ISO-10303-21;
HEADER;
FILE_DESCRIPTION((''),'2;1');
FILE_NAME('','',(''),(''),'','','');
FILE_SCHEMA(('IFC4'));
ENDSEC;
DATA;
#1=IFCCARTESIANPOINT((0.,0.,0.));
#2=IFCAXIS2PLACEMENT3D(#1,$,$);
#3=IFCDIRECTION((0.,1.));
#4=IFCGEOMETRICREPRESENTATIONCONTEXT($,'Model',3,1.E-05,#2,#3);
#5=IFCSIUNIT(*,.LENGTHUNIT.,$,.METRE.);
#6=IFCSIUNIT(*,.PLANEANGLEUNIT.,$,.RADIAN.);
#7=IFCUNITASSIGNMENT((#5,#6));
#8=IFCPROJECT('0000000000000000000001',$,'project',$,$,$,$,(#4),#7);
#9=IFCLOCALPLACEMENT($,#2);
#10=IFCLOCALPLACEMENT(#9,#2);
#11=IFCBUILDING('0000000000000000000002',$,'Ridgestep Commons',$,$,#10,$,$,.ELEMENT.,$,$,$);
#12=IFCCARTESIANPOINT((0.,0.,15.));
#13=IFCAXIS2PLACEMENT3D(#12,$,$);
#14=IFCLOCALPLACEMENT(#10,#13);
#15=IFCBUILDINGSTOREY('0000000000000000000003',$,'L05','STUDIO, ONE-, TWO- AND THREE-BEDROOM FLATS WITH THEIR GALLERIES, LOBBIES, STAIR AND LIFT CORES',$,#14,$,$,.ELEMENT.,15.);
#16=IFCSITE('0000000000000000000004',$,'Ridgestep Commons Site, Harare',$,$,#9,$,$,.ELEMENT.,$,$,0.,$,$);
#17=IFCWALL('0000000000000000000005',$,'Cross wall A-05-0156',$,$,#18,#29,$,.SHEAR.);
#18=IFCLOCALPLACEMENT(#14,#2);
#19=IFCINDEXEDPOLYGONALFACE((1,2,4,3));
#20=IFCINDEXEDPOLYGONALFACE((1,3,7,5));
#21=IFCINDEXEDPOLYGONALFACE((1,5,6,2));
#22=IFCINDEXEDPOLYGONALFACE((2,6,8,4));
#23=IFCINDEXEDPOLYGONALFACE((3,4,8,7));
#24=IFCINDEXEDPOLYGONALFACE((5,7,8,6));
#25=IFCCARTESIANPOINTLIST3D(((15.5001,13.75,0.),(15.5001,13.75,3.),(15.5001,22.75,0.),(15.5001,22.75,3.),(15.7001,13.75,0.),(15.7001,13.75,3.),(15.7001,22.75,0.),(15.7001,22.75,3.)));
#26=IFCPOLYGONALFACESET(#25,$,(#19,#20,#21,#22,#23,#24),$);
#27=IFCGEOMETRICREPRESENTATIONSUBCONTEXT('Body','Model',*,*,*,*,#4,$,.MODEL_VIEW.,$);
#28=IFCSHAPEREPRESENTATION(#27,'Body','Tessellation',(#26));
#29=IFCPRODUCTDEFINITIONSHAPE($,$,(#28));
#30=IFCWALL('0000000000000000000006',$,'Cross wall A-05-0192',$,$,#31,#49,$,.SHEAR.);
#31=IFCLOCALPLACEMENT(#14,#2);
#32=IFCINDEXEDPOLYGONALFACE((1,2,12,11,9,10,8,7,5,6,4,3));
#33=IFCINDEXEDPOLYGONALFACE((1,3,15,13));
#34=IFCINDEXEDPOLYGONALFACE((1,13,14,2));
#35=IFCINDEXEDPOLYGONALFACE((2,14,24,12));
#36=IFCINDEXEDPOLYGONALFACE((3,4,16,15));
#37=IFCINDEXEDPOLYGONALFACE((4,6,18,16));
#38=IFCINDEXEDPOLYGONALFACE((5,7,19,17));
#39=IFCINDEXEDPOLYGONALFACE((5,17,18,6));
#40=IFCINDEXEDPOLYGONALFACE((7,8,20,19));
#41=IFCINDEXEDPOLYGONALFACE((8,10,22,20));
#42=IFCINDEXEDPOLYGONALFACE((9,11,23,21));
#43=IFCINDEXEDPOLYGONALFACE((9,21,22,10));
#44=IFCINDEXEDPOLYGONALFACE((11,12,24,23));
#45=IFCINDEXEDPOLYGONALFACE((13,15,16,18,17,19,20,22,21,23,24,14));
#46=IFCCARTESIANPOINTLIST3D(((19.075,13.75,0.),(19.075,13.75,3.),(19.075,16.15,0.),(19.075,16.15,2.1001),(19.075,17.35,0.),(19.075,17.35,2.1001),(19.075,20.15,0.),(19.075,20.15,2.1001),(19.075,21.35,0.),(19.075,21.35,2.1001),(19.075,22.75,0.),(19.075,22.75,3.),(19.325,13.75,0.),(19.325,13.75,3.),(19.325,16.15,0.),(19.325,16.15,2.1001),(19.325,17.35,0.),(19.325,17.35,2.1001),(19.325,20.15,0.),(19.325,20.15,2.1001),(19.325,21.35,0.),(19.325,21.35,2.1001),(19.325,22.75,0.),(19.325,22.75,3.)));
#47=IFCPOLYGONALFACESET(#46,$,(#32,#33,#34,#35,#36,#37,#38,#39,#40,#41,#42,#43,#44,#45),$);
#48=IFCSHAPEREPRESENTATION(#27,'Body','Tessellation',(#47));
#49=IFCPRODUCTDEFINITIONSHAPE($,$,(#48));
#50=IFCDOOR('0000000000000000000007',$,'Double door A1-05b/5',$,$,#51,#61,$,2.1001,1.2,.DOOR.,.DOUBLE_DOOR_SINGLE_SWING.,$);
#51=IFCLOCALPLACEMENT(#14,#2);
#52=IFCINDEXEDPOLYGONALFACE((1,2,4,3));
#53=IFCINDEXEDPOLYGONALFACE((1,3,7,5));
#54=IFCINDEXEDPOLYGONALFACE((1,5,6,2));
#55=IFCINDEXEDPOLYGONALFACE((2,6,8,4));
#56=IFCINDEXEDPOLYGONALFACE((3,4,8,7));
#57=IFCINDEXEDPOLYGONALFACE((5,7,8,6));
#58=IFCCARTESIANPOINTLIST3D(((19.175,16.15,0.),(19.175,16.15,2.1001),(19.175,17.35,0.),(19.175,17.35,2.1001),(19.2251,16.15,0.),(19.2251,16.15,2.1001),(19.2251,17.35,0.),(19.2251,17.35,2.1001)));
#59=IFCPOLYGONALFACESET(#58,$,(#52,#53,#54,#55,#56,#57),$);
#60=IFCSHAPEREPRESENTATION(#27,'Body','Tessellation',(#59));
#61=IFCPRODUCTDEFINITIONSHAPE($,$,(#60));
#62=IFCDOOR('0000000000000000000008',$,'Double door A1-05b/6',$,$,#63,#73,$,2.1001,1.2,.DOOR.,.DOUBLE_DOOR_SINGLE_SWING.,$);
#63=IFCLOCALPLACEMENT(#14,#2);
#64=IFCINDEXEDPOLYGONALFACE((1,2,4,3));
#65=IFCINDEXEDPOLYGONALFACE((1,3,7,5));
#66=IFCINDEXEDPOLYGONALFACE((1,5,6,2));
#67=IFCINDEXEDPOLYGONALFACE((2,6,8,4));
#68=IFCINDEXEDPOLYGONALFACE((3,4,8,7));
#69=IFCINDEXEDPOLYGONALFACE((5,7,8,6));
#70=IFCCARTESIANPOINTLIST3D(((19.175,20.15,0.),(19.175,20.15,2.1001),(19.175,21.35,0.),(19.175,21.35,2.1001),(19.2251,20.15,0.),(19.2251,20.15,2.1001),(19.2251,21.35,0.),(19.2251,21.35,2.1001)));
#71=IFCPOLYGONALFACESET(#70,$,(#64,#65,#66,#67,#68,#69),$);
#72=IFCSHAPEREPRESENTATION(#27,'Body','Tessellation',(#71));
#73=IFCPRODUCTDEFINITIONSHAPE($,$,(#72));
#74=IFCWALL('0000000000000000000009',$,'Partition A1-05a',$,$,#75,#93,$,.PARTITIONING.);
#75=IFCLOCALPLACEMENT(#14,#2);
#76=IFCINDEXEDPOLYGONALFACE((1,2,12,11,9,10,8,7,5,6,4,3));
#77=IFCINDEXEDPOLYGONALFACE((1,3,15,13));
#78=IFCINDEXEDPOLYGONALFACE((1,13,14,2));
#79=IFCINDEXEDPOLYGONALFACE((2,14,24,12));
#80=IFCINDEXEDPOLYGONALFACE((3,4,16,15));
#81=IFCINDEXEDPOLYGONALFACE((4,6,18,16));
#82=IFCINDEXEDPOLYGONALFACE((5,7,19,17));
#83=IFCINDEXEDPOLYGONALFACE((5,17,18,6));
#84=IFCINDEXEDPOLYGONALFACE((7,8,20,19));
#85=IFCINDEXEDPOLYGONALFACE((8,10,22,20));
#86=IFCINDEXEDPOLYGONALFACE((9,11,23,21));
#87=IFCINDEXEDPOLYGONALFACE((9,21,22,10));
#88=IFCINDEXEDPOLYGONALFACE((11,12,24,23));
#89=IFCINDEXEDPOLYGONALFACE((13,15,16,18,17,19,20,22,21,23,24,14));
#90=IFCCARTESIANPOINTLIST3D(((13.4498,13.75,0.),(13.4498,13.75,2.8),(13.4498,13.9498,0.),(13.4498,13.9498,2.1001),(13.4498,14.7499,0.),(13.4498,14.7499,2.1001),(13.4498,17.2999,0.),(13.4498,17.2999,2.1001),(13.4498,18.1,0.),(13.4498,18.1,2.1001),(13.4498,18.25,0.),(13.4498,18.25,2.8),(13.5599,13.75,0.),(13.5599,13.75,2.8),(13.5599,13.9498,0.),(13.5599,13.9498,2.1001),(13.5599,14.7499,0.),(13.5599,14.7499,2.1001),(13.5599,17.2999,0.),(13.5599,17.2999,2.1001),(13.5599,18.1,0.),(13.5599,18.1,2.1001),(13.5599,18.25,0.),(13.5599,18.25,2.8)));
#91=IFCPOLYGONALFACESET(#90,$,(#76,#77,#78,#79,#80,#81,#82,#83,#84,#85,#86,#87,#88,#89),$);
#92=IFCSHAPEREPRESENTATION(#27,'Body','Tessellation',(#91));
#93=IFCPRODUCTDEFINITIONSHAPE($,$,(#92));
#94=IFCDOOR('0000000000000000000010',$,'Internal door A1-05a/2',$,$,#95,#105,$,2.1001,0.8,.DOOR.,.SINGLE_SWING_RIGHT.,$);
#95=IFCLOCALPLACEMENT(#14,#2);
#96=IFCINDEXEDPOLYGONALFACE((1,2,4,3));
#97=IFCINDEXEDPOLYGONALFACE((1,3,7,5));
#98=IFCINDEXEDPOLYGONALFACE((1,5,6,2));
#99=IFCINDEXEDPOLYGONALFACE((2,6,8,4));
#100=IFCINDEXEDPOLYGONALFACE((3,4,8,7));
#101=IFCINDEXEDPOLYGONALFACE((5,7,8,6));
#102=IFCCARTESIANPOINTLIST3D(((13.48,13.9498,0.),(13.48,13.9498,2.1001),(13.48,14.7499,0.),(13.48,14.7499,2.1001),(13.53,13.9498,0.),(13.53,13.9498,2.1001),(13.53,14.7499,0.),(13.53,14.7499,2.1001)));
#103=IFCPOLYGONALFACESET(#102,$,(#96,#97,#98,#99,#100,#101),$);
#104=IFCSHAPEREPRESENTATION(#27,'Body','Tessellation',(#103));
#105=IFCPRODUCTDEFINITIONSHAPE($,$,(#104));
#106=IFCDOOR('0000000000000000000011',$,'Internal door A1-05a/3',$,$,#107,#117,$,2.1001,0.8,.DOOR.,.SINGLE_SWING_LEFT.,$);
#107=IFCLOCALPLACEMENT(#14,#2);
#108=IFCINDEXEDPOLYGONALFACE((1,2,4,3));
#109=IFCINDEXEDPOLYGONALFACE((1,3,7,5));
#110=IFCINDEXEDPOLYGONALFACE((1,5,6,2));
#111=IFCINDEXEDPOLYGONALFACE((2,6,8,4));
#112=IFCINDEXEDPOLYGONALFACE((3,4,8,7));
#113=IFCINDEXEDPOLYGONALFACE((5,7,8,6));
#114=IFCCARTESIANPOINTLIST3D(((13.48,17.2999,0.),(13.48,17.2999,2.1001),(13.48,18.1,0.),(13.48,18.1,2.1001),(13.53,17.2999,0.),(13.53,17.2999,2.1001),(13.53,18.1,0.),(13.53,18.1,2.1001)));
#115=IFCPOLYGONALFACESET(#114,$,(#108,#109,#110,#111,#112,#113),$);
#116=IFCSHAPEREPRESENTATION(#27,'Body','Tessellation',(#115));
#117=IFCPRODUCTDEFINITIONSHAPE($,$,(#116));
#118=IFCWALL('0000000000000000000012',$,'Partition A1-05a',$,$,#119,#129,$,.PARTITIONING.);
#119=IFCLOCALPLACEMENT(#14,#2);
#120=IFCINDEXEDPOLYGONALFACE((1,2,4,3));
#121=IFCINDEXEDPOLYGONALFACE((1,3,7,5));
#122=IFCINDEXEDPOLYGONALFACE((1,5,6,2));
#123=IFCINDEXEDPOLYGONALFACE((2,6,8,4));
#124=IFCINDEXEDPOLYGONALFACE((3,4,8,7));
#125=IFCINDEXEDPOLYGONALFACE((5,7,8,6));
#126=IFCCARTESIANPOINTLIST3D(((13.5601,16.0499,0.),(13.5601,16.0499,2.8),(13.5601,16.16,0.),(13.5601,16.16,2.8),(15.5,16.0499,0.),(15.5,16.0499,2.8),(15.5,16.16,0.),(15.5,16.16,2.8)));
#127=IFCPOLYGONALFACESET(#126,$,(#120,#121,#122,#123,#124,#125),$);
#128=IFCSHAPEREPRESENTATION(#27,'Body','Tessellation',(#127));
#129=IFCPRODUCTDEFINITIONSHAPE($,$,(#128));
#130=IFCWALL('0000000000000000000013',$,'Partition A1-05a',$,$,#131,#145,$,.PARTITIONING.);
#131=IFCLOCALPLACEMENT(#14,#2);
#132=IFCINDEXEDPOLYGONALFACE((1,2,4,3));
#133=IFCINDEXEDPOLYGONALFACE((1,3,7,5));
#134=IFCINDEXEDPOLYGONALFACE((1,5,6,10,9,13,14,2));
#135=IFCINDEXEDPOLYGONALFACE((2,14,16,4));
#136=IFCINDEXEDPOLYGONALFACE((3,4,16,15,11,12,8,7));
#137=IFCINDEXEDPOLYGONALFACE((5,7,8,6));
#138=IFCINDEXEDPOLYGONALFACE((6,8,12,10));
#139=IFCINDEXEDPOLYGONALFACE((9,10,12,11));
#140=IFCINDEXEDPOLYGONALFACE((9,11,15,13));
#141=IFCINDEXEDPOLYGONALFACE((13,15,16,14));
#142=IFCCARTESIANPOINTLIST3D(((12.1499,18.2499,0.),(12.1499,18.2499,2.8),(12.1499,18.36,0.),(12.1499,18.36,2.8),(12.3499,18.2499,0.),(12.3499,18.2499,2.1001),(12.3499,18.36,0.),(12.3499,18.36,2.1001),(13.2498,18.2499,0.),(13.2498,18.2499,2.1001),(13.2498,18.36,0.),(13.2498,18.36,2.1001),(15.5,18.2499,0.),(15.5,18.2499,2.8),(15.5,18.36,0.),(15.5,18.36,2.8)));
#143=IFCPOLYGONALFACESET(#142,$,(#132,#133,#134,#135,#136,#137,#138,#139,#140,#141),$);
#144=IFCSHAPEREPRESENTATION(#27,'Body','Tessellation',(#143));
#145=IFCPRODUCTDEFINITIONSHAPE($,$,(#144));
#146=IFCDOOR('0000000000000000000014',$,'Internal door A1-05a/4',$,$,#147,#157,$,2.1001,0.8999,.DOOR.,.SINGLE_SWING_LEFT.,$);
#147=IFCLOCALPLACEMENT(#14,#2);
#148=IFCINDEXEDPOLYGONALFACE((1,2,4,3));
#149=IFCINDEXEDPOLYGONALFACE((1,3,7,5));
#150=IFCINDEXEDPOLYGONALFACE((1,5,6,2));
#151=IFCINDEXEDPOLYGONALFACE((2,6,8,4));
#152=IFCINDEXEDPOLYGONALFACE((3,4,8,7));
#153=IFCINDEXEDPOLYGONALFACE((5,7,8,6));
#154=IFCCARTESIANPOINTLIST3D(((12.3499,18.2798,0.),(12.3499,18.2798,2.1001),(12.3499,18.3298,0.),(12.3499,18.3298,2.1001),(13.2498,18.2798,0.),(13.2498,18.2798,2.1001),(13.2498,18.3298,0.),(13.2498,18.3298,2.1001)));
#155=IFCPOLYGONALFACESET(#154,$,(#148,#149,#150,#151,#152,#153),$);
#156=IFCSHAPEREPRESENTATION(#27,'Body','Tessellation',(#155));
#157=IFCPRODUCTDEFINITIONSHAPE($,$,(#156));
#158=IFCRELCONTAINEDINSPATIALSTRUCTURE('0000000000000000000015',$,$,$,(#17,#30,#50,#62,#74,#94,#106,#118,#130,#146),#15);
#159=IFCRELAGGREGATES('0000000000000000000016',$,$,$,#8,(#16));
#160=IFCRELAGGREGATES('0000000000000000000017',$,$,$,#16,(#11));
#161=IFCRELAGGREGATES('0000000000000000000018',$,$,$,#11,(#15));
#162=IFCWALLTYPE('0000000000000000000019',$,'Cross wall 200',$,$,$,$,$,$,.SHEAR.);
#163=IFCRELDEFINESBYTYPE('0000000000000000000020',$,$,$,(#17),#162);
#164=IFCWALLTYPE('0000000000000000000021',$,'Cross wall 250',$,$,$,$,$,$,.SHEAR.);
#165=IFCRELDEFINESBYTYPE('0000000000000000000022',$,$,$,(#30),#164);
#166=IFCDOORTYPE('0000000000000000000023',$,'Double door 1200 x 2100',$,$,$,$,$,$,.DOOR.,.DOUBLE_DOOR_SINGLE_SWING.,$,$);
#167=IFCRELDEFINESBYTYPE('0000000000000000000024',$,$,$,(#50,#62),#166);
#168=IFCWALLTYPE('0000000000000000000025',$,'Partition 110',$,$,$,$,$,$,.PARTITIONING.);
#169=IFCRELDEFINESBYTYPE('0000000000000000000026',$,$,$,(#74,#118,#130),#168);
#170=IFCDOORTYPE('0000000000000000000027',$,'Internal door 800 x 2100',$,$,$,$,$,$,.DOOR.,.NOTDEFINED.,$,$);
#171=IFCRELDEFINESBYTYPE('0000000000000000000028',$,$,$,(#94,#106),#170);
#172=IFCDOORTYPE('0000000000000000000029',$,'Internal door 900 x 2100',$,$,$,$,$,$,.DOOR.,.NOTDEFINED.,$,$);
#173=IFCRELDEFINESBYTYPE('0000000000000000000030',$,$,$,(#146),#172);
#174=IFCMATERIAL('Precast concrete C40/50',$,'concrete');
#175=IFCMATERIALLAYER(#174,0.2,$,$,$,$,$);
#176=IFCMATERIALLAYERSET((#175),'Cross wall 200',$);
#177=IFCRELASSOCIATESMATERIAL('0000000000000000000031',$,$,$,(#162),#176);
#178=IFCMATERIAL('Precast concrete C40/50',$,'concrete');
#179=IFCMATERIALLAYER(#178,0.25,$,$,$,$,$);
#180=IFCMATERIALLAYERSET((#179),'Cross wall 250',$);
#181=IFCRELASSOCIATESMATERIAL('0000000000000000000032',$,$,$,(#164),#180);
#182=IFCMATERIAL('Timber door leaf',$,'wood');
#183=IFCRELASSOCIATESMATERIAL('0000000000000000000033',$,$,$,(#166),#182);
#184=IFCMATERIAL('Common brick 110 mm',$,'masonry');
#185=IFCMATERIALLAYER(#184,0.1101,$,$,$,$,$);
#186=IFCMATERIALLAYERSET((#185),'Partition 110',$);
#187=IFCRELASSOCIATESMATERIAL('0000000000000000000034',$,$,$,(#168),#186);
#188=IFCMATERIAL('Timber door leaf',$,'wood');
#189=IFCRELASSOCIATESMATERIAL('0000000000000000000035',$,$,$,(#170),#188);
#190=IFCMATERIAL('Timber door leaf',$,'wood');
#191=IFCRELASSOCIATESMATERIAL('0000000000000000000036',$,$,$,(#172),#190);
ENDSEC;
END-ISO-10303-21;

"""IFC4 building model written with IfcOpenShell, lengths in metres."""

from ifc_helpers import new_model, si_unit, direction, frame, frame_2d, origin, place, context, subcontext, project, spatial, rectangle, extrude, material, layer, layer_set, type_object, element, fill, save


model = new_model("IFC4")

# Units and contexts
model_context = context("Model", 3, precision=1e-05, world=origin(), true_north=direction((0.0, 1.0)))
body_context = subcontext(model_context, "Body", "Model", "MODEL_VIEW")
ifc_project = project(units=[si_unit("LENGTHUNIT", "METRE"), si_unit("PLANEANGLEUNIT", "RADIAN")], contexts=[model_context])

# Site, building, storey
site_placement = place(None, origin())
site = spatial("IfcSite", under=ifc_project, at=site_placement, Name="Ridgestep Commons Site, Harare", CompositionType="ELEMENT", RefElevation=0.0)
building_placement = place(site_placement, origin())
building = spatial("IfcBuilding", under=site, at=building_placement, Name="Ridgestep Commons", CompositionType="ELEMENT")
storey_placement = place(building_placement, frame((0.0, 0.0, 15.0)))
storey = spatial("IfcBuildingStorey", under=building, at=storey_placement, Name="L05", Description="STUDIO, ONE-, TWO- AND THREE-BEDROOM FLATS WITH THEIR GALLERIES, LOBBIES, STAIR AND LIFT CORES", CompositionType="ELEMENT", Elevation=15.0)

# Wall
ifc_material_1 = material(Name="Precast concrete C40/50", Category="concrete")
ifc_layer_1 = layer(ifc_material_1, 0.2)
ifc_layer_set_1 = layer_set([ifc_layer_1], Name="Cross wall 200")
wall_type_1 = type_object("IfcWallType", Name="Cross wall 200", PredefinedType="SHEAR", material=ifc_layer_set_1)
wall_1_placement = place(storey_placement, frame((15.6001, 13.75, 0.0), z_axis=(0.0, 0.0, 1.0), x_axis=(0.0, 1.0, 0.0)))
element("IfcWall", 1, at=wall_1_placement, inside=storey, type_object=wall_type_1, Name="Cross wall A-05-0156", PredefinedType="SHEAR", context=body_context, shape_type="SweptSolid", body=[
    extrude(rectangle(XDim=9.0, YDim=0.2, at=frame_2d((4.5, 0.0))), origin(), (0.0, 0.0, 1.0), 3.0),
])

# Walls, openings, doors
ifc_material_2 = material(Name="Precast concrete C40/50", Category="concrete")
ifc_layer_2 = layer(ifc_material_2, 0.25)
ifc_layer_set_2 = layer_set([ifc_layer_2], Name="Cross wall 250")
wall_type_2 = type_object("IfcWallType", Name="Cross wall 250", PredefinedType="SHEAR", material=ifc_layer_set_2)
wall_2_placement = place(storey_placement, frame((19.2, 13.75, 0.0), z_axis=(0.0, 0.0, 1.0), x_axis=(0.0, 1.0, 0.0)))
wall_2 = element("IfcWall", 2, at=wall_2_placement, inside=storey, type_object=wall_type_2, Name="Cross wall A-05-0192", PredefinedType="SHEAR", context=body_context, shape_type="SweptSolid", body=[
    extrude(rectangle(XDim=9.0, YDim=0.25, at=frame_2d((4.5, 0.0))), origin(), (0.0, 0.0, 1.0), 3.0),
])
opening_1_placement = place(wall_2_placement, frame((2.3999, 0.0, 0.0)))
opening_1 = element("IfcOpeningElement", 3, at=opening_1_placement, cuts=wall_2, PredefinedType="OPENING", context=body_context, shape_type="SweptSolid", body=[
    extrude(rectangle(XDim=1.2, YDim=2.1001, at=frame_2d((0.6001, 1.05))), frame((0.0, 0.135, 0.0), z_axis=(0.0, -1.0, 0.0), x_axis=(1.0, 0.0, 0.0)), (0.0, 0.0, 1.0), 0.27),
])
opening_2_placement = place(wall_2_placement, frame((6.3999, 0.0, 0.0)))
opening_2 = element("IfcOpeningElement", 4, at=opening_2_placement, cuts=wall_2, PredefinedType="OPENING", context=body_context, shape_type="SweptSolid", body=[
    extrude(rectangle(XDim=1.2, YDim=2.1001, at=frame_2d((0.6001, 1.05))), frame((0.0, 0.135, 0.0), z_axis=(0.0, -1.0, 0.0), x_axis=(1.0, 0.0, 0.0)), (0.0, 0.0, 1.0), 0.27),
])
ifc_material_3 = material(Name="Timber door leaf", Category="wood")
door_type_1 = type_object("IfcDoorType", Name="Double door 1200 x 2100", OperationType="DOUBLE_DOOR_SINGLE_SWING", PredefinedType="DOOR", material=ifc_material_3)
door_1_placement = place(opening_1_placement, origin())
door_1 = element("IfcDoor", 5, at=door_1_placement, inside=storey, type_object=door_type_1, Name="Double door A1-05b/5", OperationType="DOUBLE_DOOR_SINGLE_SWING", OverallHeight=2.1001, OverallWidth=1.2, PredefinedType="DOOR", context=body_context, shape_type="SweptSolid", body=[
    extrude(rectangle(XDim=1.2, YDim=2.1001, at=frame_2d((0.6001, 1.05))), frame((0.0, 0.0249, 0.0), z_axis=(0.0, -1.0, 0.0), x_axis=(1.0, 0.0, 0.0)), (0.0, 0.0, 1.0), 0.05),
])
fill(opening_1, door_1)
door_2_placement = place(opening_2_placement, origin())
door_2 = element("IfcDoor", 6, at=door_2_placement, inside=storey, type_object=door_type_1, Name="Double door A1-05b/6", OperationType="DOUBLE_DOOR_SINGLE_SWING", OverallHeight=2.1001, OverallWidth=1.2, PredefinedType="DOOR", context=body_context, shape_type="SweptSolid", body=[
    extrude(rectangle(XDim=1.2, YDim=2.1001, at=frame_2d((0.6001, 1.05))), frame((0.0, 0.0249, 0.0), z_axis=(0.0, -1.0, 0.0), x_axis=(1.0, 0.0, 0.0)), (0.0, 0.0, 1.0), 0.05),
])
fill(opening_2, door_2)
ifc_material_4 = material(Name="Common brick 110 mm", Category="masonry")
ifc_layer_3 = layer(ifc_material_4, 0.1101)
ifc_layer_set_3 = layer_set([ifc_layer_3], Name="Partition 110")
wall_type_3 = type_object("IfcWallType", Name="Partition 110", PredefinedType="PARTITIONING", material=ifc_layer_set_3)
wall_3_placement = place(storey_placement, frame((13.5049, 13.75, 0.0), z_axis=(0.0, 0.0, 1.0), x_axis=(0.0, 1.0, 0.0)))
wall_3 = element("IfcWall", 7, at=wall_3_placement, inside=storey, type_object=wall_type_3, Name="Partition A1-05a", PredefinedType="PARTITIONING", context=body_context, shape_type="SweptSolid", body=[
    extrude(rectangle(XDim=4.5, YDim=0.1101, at=frame_2d((2.25, 0.0))), origin(), (0.0, 0.0, 1.0), 2.8),
])
opening_3_placement = place(wall_3_placement, frame((0.2, 0.0, 0.0)))
opening_3 = element("IfcOpeningElement", 8, at=opening_3_placement, cuts=wall_3, PredefinedType="OPENING", context=body_context, shape_type="SweptSolid", body=[
    extrude(rectangle(XDim=0.8, YDim=2.1001, at=frame_2d((0.3999, 1.05))), frame((0.0, 0.0649, 0.0), z_axis=(0.0, -1.0, 0.0), x_axis=(1.0, 0.0, 0.0)), (0.0, 0.0, 1.0), 0.1301),
])
opening_4_placement = place(wall_3_placement, frame((3.55, 0.0, 0.0)))
opening_4 = element("IfcOpeningElement", 9, at=opening_4_placement, cuts=wall_3, PredefinedType="OPENING", context=body_context, shape_type="SweptSolid", body=[
    extrude(rectangle(XDim=0.8, YDim=2.1001, at=frame_2d((0.3999, 1.05))), frame((0.0, 0.0649, 0.0), z_axis=(0.0, -1.0, 0.0), x_axis=(1.0, 0.0, 0.0)), (0.0, 0.0, 1.0), 0.1301),
])
ifc_material_5 = material(Name="Timber door leaf", Category="wood")
door_type_2 = type_object("IfcDoorType", Name="Internal door 800 x 2100", OperationType="NOTDEFINED", PredefinedType="DOOR", material=ifc_material_5)
door_3_placement = place(opening_3_placement, origin())
door_3 = element("IfcDoor", 10, at=door_3_placement, inside=storey, type_object=door_type_2, Name="Internal door A1-05a/2", OperationType="SINGLE_SWING_RIGHT", OverallHeight=2.1001, OverallWidth=0.8, PredefinedType="DOOR", context=body_context, shape_type="SweptSolid", body=[
    extrude(rectangle(XDim=0.8, YDim=2.1001, at=frame_2d((0.3999, 1.05))), frame((0.0, 0.0249, 0.0), z_axis=(0.0, -1.0, 0.0), x_axis=(1.0, 0.0, 0.0)), (0.0, 0.0, 1.0), 0.05),
])
fill(opening_3, door_3)
door_4_placement = place(opening_4_placement, origin())
door_4 = element("IfcDoor", 11, at=door_4_placement, inside=storey, type_object=door_type_2, Name="Internal door A1-05a/3", OperationType="SINGLE_SWING_LEFT", OverallHeight=2.1001, OverallWidth=0.8, PredefinedType="DOOR", context=body_context, shape_type="SweptSolid", body=[
    extrude(rectangle(XDim=0.8, YDim=2.1001, at=frame_2d((0.3999, 1.05))), frame((0.0, 0.0249, 0.0), z_axis=(0.0, -1.0, 0.0), x_axis=(1.0, 0.0, 0.0)), (0.0, 0.0, 1.0), 0.05),
])
fill(opening_4, door_4)

# Wall
wall_4_placement = place(storey_placement, frame((13.5601, 16.105, 0.0), z_axis=(0.0, 0.0, 1.0), x_axis=(1.0, 0.0, 0.0)))
element("IfcWall", 12, at=wall_4_placement, inside=storey, type_object=wall_type_3, Name="Partition A1-05a", PredefinedType="PARTITIONING", context=body_context, shape_type="SweptSolid", body=[
    extrude(rectangle(XDim=1.9399, YDim=0.1101, at=frame_2d((0.97, 0.0))), origin(), (0.0, 0.0, 1.0), 2.8),
])

# Wall, opening, door
wall_5_placement = place(storey_placement, frame((12.1499, 18.3049, 0.0), z_axis=(0.0, 0.0, 1.0), x_axis=(1.0, 0.0, 0.0)))
wall_5 = element("IfcWall", 13, at=wall_5_placement, inside=storey, type_object=wall_type_3, Name="Partition A1-05a", PredefinedType="PARTITIONING", context=body_context, shape_type="SweptSolid", body=[
    extrude(rectangle(XDim=3.3501, YDim=0.1101, at=frame_2d((1.675, 0.0))), origin(), (0.0, 0.0, 1.0), 2.8),
])
opening_5_placement = place(wall_5_placement, frame((0.2, 0.0, 0.0)))
opening_5 = element("IfcOpeningElement", 14, at=opening_5_placement, cuts=wall_5, PredefinedType="OPENING", context=body_context, shape_type="SweptSolid", body=[
    extrude(rectangle(XDim=0.8999, YDim=2.1001, at=frame_2d((0.45, 1.05))), frame((0.0, 0.0649, 0.0), z_axis=(0.0, -1.0, 0.0), x_axis=(1.0, 0.0, 0.0)), (0.0, 0.0, 1.0), 0.1301),
])
ifc_material_6 = material(Name="Timber door leaf", Category="wood")
door_type_3 = type_object("IfcDoorType", Name="Internal door 900 x 2100", OperationType="NOTDEFINED", PredefinedType="DOOR", material=ifc_material_6)
door_5_placement = place(opening_5_placement, origin())
door_5 = element("IfcDoor", 15, at=door_5_placement, inside=storey, type_object=door_type_3, Name="Internal door A1-05a/4", OperationType="SINGLE_SWING_LEFT", OverallHeight=2.1001, OverallWidth=0.8999, PredefinedType="DOOR", context=body_context, shape_type="SweptSolid", body=[
    extrude(rectangle(XDim=0.8999, YDim=2.1001, at=frame_2d((0.45, 1.05))), frame((0.0, 0.0249, 0.0), z_axis=(0.0, -1.0, 0.0), x_axis=(1.0, 0.0, 0.0)), (0.0, 0.0, 1.0), 0.05),
])
fill(opening_5, door_5)

save(model, "model.ifc")
